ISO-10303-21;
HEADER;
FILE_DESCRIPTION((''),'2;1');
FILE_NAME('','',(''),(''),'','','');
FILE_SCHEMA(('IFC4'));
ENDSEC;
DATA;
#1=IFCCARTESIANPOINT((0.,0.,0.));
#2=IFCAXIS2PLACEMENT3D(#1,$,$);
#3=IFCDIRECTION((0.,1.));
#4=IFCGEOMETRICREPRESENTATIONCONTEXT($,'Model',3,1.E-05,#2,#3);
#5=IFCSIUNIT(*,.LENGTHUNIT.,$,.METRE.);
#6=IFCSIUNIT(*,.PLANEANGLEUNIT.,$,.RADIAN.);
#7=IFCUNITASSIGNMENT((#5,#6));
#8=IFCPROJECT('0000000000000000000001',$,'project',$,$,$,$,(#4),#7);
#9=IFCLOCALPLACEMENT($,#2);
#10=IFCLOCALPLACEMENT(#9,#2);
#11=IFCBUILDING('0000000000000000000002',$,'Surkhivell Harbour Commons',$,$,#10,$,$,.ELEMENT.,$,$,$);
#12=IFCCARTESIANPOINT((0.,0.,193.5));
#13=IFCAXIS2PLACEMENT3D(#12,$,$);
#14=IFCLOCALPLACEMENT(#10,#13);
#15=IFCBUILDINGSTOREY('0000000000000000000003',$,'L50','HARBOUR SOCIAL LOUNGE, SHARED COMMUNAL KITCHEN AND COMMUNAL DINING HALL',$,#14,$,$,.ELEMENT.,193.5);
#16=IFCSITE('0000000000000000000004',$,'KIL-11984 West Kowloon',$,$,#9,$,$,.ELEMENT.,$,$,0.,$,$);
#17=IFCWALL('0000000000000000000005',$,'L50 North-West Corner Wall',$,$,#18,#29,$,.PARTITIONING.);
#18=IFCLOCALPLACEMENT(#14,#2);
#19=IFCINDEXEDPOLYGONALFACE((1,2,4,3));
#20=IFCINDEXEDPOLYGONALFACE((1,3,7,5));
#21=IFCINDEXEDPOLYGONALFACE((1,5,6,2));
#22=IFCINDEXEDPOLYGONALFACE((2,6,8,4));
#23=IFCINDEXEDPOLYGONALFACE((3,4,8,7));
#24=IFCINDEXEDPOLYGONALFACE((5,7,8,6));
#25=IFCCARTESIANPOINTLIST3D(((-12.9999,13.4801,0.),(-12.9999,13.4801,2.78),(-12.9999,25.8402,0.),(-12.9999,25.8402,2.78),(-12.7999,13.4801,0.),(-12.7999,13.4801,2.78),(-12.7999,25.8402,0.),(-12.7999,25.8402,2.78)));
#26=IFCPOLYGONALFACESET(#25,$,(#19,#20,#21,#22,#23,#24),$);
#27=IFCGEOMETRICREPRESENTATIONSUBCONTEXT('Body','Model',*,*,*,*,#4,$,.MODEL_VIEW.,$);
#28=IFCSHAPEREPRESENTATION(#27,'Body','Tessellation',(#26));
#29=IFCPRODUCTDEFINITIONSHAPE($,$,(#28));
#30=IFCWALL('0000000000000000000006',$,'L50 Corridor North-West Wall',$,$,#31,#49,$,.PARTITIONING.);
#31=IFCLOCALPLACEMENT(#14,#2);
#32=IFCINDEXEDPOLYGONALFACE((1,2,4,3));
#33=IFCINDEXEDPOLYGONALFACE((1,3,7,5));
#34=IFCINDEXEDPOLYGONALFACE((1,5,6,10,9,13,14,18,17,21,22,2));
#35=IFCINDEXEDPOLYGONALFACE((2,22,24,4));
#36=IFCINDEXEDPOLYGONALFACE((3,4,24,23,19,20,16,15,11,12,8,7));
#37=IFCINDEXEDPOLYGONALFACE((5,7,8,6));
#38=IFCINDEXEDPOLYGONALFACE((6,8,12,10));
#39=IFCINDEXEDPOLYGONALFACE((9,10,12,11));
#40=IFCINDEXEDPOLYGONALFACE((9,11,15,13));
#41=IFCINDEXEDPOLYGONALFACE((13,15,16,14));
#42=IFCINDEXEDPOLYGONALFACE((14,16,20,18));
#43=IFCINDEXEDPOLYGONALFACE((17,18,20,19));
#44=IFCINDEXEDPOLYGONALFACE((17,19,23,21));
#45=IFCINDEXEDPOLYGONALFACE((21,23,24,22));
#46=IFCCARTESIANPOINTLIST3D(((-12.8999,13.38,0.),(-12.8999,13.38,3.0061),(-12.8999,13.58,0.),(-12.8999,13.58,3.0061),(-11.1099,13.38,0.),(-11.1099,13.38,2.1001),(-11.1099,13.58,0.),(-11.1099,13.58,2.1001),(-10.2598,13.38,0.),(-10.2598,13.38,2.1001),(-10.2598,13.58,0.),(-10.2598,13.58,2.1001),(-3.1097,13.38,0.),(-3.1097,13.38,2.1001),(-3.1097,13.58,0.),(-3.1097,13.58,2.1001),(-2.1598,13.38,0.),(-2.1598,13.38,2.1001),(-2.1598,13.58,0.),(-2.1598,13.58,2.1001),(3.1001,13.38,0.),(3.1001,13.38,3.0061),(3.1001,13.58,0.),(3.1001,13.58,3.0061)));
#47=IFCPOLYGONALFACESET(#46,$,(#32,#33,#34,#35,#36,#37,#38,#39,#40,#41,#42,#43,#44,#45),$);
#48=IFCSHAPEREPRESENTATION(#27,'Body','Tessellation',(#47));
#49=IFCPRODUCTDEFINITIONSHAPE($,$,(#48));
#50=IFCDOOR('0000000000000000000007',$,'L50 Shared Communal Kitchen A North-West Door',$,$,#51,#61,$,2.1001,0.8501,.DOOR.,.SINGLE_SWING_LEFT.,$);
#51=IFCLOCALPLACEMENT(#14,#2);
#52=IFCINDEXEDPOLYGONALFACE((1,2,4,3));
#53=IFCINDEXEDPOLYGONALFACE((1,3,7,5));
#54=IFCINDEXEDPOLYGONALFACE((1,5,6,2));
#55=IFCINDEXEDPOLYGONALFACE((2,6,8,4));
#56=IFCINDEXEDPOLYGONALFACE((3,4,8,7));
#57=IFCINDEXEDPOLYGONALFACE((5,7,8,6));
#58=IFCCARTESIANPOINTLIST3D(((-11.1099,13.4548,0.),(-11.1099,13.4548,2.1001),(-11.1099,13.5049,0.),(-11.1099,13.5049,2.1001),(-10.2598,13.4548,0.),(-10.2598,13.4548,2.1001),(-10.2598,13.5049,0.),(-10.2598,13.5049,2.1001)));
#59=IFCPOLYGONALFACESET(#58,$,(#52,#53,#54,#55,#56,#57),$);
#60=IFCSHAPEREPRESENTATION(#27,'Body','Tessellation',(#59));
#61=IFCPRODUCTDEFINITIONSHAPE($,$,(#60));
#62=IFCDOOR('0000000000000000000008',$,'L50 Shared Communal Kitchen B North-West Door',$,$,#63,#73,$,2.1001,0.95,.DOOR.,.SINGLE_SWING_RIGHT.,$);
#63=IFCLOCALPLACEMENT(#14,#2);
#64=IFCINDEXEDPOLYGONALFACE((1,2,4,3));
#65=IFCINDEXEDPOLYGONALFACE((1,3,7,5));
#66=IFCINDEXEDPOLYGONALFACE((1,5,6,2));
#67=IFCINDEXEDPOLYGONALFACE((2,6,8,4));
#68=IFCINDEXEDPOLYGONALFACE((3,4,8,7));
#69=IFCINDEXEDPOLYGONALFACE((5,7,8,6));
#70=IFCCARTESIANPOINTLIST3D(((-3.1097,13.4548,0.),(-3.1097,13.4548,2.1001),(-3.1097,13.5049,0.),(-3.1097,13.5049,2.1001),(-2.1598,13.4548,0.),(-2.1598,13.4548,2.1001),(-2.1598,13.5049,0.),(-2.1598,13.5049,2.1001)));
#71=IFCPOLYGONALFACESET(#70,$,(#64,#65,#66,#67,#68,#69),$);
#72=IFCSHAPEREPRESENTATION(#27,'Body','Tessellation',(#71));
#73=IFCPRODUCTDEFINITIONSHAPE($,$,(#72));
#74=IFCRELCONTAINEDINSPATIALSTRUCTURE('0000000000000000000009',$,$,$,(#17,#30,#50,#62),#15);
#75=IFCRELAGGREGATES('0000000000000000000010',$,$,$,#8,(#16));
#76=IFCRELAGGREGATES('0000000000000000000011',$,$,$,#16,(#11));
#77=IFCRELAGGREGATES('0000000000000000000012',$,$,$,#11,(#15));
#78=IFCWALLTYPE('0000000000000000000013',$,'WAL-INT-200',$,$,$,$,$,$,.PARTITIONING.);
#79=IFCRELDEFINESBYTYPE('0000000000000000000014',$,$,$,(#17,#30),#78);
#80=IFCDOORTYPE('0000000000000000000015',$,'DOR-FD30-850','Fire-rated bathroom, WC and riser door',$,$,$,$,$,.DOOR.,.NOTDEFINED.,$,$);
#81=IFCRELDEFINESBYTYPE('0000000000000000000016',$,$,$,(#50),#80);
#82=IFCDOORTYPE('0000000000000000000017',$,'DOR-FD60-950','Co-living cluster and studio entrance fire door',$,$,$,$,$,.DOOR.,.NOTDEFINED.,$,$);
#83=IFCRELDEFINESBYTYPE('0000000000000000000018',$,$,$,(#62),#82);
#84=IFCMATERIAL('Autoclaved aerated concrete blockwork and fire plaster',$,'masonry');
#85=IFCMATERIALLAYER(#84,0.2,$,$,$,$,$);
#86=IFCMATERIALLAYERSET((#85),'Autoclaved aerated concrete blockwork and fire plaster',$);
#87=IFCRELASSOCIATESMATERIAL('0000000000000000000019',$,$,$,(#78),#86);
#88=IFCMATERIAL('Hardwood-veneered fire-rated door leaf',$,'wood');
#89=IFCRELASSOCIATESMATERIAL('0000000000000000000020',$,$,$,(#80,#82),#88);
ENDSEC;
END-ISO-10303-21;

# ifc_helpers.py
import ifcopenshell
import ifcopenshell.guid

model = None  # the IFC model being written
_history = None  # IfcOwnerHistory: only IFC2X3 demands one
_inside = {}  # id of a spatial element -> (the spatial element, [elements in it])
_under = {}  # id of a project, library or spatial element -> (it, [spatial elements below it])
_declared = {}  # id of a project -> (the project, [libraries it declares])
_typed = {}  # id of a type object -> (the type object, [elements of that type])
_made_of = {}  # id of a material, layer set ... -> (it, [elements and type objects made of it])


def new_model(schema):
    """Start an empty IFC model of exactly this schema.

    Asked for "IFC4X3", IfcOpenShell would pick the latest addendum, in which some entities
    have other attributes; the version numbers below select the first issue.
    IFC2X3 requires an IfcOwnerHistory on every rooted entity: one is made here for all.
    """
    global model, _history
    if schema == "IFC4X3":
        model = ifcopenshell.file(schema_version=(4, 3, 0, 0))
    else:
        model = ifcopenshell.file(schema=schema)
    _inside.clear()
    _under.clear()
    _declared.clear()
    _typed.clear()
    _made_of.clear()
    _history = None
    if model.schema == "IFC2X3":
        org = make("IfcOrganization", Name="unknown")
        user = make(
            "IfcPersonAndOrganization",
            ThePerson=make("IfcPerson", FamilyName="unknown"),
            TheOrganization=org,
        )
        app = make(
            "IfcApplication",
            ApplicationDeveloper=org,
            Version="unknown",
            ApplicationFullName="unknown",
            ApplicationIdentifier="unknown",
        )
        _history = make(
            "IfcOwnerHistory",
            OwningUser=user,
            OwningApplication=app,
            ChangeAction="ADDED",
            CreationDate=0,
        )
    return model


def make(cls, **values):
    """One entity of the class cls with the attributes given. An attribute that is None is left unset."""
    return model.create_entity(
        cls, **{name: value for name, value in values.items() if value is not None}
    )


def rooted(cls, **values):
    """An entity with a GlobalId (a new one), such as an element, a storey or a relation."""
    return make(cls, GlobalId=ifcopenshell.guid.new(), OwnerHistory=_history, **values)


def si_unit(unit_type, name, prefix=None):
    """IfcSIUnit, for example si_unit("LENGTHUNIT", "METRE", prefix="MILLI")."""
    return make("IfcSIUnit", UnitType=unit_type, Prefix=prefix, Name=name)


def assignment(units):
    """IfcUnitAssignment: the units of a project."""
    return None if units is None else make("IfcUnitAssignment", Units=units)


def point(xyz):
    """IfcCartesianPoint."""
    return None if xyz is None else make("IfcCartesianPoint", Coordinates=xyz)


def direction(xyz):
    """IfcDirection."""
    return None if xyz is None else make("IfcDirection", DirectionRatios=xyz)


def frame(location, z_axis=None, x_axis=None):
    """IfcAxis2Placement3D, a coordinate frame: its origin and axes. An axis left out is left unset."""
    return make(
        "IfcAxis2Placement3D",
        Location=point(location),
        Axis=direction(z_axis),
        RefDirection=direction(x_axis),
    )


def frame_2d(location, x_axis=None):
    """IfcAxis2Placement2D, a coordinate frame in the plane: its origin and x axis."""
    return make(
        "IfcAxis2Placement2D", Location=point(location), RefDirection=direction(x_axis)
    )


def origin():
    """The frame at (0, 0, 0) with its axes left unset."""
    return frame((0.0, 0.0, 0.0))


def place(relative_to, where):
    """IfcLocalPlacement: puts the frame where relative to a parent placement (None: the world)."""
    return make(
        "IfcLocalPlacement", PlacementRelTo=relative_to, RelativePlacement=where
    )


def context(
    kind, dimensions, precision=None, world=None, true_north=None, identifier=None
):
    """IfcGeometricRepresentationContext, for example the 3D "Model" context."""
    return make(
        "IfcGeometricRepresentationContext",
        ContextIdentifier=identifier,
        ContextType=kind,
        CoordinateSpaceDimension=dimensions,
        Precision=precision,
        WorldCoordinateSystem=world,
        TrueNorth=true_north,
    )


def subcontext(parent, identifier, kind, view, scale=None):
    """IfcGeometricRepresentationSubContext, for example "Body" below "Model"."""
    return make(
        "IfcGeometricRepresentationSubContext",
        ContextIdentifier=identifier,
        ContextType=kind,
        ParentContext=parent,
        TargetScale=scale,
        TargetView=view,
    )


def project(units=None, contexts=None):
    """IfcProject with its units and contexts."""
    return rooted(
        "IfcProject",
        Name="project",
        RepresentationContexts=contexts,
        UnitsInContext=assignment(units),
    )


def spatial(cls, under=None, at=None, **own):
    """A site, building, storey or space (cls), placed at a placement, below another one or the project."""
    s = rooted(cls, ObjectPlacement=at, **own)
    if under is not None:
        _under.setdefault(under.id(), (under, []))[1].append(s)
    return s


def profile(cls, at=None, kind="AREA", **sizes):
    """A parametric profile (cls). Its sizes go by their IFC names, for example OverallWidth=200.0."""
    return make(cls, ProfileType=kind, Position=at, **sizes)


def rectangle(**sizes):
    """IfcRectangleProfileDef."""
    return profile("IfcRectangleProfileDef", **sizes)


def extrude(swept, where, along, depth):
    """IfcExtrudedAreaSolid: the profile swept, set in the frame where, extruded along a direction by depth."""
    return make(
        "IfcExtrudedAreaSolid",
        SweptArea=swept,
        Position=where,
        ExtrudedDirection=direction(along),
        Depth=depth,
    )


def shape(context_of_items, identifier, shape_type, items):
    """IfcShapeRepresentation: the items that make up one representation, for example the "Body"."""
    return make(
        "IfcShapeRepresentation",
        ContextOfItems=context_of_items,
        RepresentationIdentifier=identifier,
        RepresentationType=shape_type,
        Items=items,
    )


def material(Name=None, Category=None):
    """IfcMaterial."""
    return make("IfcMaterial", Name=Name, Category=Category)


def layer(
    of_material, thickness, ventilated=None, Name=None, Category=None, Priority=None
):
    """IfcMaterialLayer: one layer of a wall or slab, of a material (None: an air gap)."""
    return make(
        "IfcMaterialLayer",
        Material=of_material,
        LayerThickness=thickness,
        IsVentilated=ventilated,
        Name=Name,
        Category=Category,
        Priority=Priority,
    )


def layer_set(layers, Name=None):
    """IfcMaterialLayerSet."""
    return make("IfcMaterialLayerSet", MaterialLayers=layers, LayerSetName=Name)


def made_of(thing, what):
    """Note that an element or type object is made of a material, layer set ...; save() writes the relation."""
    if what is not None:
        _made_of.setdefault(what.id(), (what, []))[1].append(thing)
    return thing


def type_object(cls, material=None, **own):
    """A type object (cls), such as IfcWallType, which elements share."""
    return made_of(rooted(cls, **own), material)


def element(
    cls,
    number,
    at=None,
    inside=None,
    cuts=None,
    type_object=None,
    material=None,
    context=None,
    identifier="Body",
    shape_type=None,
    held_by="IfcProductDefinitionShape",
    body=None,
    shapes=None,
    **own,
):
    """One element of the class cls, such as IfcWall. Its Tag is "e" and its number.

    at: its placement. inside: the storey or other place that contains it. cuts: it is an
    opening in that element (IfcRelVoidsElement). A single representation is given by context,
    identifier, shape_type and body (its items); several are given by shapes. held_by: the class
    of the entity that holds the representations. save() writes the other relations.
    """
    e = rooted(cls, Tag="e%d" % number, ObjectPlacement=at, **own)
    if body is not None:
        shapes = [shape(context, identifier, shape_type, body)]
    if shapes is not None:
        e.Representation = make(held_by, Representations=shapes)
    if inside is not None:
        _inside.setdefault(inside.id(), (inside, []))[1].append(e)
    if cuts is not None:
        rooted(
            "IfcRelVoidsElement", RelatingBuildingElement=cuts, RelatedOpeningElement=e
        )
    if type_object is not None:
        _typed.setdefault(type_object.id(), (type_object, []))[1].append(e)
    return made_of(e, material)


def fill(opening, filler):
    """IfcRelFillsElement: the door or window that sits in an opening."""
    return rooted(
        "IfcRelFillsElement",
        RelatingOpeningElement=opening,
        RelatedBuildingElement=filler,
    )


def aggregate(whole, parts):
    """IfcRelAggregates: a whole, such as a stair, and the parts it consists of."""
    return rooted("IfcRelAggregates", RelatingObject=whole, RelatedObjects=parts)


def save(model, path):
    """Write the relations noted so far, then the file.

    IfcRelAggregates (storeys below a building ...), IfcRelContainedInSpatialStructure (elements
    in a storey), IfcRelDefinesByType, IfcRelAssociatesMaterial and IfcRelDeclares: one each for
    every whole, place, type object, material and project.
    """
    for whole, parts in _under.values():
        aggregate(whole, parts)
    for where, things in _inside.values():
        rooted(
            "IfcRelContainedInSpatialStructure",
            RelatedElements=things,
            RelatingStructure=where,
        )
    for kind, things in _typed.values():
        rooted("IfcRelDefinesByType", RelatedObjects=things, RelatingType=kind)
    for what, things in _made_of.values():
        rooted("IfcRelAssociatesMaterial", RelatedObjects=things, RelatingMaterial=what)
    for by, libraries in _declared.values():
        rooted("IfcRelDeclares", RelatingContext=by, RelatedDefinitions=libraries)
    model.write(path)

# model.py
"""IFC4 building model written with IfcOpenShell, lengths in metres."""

from ifc_helpers import new_model, si_unit, direction, frame, frame_2d, origin, place, context, subcontext, project, spatial, rectangle, extrude, material, layer, layer_set, type_object, element, fill, save


model = new_model("IFC4")

# Units and contexts
model_context = context("Model", 3, precision=1e-05, world=origin(), true_north=direction((0.0, 1.0)))
body_context = subcontext(model_context, "Body", "Model", "MODEL_VIEW")
ifc_project = project(units=[si_unit("LENGTHUNIT", "METRE"), si_unit("PLANEANGLEUNIT", "RADIAN")], contexts=[model_context])

# Site, building, storey
site_placement = place(None, origin())
site = spatial("IfcSite", under=ifc_project, at=site_placement, Name="KIL-11984 West Kowloon", CompositionType="ELEMENT", RefElevation=0.0)
building_placement = place(site_placement, origin())
building = spatial("IfcBuilding", under=site, at=building_placement, Name="Surkhivell Harbour Commons", CompositionType="ELEMENT")
storey_placement = place(building_placement, frame((0.0, 0.0, 193.5)))
storey = spatial("IfcBuildingStorey", under=building, at=storey_placement, Name="L50", Description="HARBOUR SOCIAL LOUNGE, SHARED COMMUNAL KITCHEN AND COMMUNAL DINING HALL", CompositionType="ELEMENT", Elevation=193.5)

# Shared definitions
ifc_material_1 = material(Name="Hardwood-veneered fire-rated door leaf", Category="wood")

# Wall
ifc_material_2 = material(Name="Autoclaved aerated concrete blockwork and fire plaster", Category="masonry")
ifc_layer_1 = layer(ifc_material_2, 0.2)
ifc_layer_set_1 = layer_set([ifc_layer_1], Name="Autoclaved aerated concrete blockwork and fire plaster")
wall_type_1 = type_object("IfcWallType", Name="WAL-INT-200", PredefinedType="PARTITIONING", material=ifc_layer_set_1)
wall_1_placement = place(storey_placement, frame((-12.8999, 13.48, 0.0), z_axis=(0.0, 0.0, 1.0), x_axis=(0.0, 1.0, 0.0)))
element("IfcWall", 1, at=wall_1_placement, inside=storey, type_object=wall_type_1, Name="L50 North-West Corner Wall", PredefinedType="PARTITIONING", context=body_context, shape_type="SweptSolid", body=[
    extrude(rectangle(XDim=12.3601, YDim=0.2, at=frame_2d((6.1802, 0.0))), origin(), (0.0, 0.0, 1.0), 2.78),
])

# Wall, openings, doors
wall_2_placement = place(storey_placement, frame((-12.8999, 13.48, 0.0), z_axis=(0.0, 0.0, 1.0), x_axis=(1.0, 0.0, 0.0)))
wall_2 = element("IfcWall", 2, at=wall_2_placement, inside=storey, type_object=wall_type_1, Name="L50 Corridor North-West Wall", PredefinedType="PARTITIONING", context=body_context, shape_type="SweptSolid", body=[
    extrude(rectangle(XDim=16.0, YDim=0.2, at=frame_2d((8.0, 0.0))), origin(), (0.0, 0.0, 1.0), 3.0061),
])
opening_1_placement = place(wall_2_placement, frame((1.79, 0.0, 0.0)))
opening_1 = element("IfcOpeningElement", 3, at=opening_1_placement, cuts=wall_2, PredefinedType="OPENING", context=body_context, shape_type="SweptSolid", body=[
    extrude(rectangle(XDim=0.8501, YDim=2.1001, at=frame_2d((0.425, 1.05))), frame((0.0, 0.1099, 0.0), z_axis=(0.0, -1.0, 0.0), x_axis=(1.0, 0.0, 0.0)), (0.0, 0.0, 1.0), 0.22),
])
opening_2_placement = place(wall_2_placement, frame((9.79, 0.0, 0.0)))
opening_2 = element("IfcOpeningElement", 4, at=opening_2_placement, cuts=wall_2, PredefinedType="OPENING", context=body_context, shape_type="SweptSolid", body=[
    extrude(rectangle(XDim=0.95, YDim=2.1001, at=frame_2d((0.4751, 1.05))), frame((0.0, 0.1099, 0.0), z_axis=(0.0, -1.0, 0.0), x_axis=(1.0, 0.0, 0.0)), (0.0, 0.0, 1.0), 0.22),
])
door_type_1 = type_object("IfcDoorType", Name="DOR-FD30-850", Description="Fire-rated bathroom, WC and riser door", OperationType="NOTDEFINED", PredefinedType="DOOR", material=ifc_material_1)
door_1_placement = place(opening_1_placement, origin())
door_1 = element("IfcDoor", 5, at=door_1_placement, inside=storey, type_object=door_type_1, Name="L50 Shared Communal Kitchen A North-West Door", OperationType="SINGLE_SWING_LEFT", OverallHeight=2.1001, OverallWidth=0.8501, PredefinedType="DOOR", context=body_context, shape_type="SweptSolid", body=[
    extrude(rectangle(XDim=0.8501, YDim=2.1001, at=frame_2d((0.425, 1.05))), frame((0.0, 0.0249, 0.0), z_axis=(0.0, -1.0, 0.0), x_axis=(1.0, 0.0, 0.0)), (0.0, 0.0, 1.0), 0.05),
])
fill(opening_1, door_1)
door_type_2 = type_object("IfcDoorType", Name="DOR-FD60-950", Description="Co-living cluster and studio entrance fire door", OperationType="NOTDEFINED", PredefinedType="DOOR", material=ifc_material_1)
door_2_placement = place(opening_2_placement, origin())
door_2 = element("IfcDoor", 6, at=door_2_placement, inside=storey, type_object=door_type_2, Name="L50 Shared Communal Kitchen B North-West Door", OperationType="SINGLE_SWING_RIGHT", OverallHeight=2.1001, OverallWidth=0.95, PredefinedType="DOOR", context=body_context, shape_type="SweptSolid", body=[
    extrude(rectangle(XDim=0.95, YDim=2.1001, at=frame_2d((0.4751, 1.05))), frame((0.0, 0.0249, 0.0), z_axis=(0.0, -1.0, 0.0), x_axis=(1.0, 0.0, 0.0)), (0.0, 0.0, 1.0), 0.05),
])
fill(opening_2, door_2)

save(model, "model.ifc")
